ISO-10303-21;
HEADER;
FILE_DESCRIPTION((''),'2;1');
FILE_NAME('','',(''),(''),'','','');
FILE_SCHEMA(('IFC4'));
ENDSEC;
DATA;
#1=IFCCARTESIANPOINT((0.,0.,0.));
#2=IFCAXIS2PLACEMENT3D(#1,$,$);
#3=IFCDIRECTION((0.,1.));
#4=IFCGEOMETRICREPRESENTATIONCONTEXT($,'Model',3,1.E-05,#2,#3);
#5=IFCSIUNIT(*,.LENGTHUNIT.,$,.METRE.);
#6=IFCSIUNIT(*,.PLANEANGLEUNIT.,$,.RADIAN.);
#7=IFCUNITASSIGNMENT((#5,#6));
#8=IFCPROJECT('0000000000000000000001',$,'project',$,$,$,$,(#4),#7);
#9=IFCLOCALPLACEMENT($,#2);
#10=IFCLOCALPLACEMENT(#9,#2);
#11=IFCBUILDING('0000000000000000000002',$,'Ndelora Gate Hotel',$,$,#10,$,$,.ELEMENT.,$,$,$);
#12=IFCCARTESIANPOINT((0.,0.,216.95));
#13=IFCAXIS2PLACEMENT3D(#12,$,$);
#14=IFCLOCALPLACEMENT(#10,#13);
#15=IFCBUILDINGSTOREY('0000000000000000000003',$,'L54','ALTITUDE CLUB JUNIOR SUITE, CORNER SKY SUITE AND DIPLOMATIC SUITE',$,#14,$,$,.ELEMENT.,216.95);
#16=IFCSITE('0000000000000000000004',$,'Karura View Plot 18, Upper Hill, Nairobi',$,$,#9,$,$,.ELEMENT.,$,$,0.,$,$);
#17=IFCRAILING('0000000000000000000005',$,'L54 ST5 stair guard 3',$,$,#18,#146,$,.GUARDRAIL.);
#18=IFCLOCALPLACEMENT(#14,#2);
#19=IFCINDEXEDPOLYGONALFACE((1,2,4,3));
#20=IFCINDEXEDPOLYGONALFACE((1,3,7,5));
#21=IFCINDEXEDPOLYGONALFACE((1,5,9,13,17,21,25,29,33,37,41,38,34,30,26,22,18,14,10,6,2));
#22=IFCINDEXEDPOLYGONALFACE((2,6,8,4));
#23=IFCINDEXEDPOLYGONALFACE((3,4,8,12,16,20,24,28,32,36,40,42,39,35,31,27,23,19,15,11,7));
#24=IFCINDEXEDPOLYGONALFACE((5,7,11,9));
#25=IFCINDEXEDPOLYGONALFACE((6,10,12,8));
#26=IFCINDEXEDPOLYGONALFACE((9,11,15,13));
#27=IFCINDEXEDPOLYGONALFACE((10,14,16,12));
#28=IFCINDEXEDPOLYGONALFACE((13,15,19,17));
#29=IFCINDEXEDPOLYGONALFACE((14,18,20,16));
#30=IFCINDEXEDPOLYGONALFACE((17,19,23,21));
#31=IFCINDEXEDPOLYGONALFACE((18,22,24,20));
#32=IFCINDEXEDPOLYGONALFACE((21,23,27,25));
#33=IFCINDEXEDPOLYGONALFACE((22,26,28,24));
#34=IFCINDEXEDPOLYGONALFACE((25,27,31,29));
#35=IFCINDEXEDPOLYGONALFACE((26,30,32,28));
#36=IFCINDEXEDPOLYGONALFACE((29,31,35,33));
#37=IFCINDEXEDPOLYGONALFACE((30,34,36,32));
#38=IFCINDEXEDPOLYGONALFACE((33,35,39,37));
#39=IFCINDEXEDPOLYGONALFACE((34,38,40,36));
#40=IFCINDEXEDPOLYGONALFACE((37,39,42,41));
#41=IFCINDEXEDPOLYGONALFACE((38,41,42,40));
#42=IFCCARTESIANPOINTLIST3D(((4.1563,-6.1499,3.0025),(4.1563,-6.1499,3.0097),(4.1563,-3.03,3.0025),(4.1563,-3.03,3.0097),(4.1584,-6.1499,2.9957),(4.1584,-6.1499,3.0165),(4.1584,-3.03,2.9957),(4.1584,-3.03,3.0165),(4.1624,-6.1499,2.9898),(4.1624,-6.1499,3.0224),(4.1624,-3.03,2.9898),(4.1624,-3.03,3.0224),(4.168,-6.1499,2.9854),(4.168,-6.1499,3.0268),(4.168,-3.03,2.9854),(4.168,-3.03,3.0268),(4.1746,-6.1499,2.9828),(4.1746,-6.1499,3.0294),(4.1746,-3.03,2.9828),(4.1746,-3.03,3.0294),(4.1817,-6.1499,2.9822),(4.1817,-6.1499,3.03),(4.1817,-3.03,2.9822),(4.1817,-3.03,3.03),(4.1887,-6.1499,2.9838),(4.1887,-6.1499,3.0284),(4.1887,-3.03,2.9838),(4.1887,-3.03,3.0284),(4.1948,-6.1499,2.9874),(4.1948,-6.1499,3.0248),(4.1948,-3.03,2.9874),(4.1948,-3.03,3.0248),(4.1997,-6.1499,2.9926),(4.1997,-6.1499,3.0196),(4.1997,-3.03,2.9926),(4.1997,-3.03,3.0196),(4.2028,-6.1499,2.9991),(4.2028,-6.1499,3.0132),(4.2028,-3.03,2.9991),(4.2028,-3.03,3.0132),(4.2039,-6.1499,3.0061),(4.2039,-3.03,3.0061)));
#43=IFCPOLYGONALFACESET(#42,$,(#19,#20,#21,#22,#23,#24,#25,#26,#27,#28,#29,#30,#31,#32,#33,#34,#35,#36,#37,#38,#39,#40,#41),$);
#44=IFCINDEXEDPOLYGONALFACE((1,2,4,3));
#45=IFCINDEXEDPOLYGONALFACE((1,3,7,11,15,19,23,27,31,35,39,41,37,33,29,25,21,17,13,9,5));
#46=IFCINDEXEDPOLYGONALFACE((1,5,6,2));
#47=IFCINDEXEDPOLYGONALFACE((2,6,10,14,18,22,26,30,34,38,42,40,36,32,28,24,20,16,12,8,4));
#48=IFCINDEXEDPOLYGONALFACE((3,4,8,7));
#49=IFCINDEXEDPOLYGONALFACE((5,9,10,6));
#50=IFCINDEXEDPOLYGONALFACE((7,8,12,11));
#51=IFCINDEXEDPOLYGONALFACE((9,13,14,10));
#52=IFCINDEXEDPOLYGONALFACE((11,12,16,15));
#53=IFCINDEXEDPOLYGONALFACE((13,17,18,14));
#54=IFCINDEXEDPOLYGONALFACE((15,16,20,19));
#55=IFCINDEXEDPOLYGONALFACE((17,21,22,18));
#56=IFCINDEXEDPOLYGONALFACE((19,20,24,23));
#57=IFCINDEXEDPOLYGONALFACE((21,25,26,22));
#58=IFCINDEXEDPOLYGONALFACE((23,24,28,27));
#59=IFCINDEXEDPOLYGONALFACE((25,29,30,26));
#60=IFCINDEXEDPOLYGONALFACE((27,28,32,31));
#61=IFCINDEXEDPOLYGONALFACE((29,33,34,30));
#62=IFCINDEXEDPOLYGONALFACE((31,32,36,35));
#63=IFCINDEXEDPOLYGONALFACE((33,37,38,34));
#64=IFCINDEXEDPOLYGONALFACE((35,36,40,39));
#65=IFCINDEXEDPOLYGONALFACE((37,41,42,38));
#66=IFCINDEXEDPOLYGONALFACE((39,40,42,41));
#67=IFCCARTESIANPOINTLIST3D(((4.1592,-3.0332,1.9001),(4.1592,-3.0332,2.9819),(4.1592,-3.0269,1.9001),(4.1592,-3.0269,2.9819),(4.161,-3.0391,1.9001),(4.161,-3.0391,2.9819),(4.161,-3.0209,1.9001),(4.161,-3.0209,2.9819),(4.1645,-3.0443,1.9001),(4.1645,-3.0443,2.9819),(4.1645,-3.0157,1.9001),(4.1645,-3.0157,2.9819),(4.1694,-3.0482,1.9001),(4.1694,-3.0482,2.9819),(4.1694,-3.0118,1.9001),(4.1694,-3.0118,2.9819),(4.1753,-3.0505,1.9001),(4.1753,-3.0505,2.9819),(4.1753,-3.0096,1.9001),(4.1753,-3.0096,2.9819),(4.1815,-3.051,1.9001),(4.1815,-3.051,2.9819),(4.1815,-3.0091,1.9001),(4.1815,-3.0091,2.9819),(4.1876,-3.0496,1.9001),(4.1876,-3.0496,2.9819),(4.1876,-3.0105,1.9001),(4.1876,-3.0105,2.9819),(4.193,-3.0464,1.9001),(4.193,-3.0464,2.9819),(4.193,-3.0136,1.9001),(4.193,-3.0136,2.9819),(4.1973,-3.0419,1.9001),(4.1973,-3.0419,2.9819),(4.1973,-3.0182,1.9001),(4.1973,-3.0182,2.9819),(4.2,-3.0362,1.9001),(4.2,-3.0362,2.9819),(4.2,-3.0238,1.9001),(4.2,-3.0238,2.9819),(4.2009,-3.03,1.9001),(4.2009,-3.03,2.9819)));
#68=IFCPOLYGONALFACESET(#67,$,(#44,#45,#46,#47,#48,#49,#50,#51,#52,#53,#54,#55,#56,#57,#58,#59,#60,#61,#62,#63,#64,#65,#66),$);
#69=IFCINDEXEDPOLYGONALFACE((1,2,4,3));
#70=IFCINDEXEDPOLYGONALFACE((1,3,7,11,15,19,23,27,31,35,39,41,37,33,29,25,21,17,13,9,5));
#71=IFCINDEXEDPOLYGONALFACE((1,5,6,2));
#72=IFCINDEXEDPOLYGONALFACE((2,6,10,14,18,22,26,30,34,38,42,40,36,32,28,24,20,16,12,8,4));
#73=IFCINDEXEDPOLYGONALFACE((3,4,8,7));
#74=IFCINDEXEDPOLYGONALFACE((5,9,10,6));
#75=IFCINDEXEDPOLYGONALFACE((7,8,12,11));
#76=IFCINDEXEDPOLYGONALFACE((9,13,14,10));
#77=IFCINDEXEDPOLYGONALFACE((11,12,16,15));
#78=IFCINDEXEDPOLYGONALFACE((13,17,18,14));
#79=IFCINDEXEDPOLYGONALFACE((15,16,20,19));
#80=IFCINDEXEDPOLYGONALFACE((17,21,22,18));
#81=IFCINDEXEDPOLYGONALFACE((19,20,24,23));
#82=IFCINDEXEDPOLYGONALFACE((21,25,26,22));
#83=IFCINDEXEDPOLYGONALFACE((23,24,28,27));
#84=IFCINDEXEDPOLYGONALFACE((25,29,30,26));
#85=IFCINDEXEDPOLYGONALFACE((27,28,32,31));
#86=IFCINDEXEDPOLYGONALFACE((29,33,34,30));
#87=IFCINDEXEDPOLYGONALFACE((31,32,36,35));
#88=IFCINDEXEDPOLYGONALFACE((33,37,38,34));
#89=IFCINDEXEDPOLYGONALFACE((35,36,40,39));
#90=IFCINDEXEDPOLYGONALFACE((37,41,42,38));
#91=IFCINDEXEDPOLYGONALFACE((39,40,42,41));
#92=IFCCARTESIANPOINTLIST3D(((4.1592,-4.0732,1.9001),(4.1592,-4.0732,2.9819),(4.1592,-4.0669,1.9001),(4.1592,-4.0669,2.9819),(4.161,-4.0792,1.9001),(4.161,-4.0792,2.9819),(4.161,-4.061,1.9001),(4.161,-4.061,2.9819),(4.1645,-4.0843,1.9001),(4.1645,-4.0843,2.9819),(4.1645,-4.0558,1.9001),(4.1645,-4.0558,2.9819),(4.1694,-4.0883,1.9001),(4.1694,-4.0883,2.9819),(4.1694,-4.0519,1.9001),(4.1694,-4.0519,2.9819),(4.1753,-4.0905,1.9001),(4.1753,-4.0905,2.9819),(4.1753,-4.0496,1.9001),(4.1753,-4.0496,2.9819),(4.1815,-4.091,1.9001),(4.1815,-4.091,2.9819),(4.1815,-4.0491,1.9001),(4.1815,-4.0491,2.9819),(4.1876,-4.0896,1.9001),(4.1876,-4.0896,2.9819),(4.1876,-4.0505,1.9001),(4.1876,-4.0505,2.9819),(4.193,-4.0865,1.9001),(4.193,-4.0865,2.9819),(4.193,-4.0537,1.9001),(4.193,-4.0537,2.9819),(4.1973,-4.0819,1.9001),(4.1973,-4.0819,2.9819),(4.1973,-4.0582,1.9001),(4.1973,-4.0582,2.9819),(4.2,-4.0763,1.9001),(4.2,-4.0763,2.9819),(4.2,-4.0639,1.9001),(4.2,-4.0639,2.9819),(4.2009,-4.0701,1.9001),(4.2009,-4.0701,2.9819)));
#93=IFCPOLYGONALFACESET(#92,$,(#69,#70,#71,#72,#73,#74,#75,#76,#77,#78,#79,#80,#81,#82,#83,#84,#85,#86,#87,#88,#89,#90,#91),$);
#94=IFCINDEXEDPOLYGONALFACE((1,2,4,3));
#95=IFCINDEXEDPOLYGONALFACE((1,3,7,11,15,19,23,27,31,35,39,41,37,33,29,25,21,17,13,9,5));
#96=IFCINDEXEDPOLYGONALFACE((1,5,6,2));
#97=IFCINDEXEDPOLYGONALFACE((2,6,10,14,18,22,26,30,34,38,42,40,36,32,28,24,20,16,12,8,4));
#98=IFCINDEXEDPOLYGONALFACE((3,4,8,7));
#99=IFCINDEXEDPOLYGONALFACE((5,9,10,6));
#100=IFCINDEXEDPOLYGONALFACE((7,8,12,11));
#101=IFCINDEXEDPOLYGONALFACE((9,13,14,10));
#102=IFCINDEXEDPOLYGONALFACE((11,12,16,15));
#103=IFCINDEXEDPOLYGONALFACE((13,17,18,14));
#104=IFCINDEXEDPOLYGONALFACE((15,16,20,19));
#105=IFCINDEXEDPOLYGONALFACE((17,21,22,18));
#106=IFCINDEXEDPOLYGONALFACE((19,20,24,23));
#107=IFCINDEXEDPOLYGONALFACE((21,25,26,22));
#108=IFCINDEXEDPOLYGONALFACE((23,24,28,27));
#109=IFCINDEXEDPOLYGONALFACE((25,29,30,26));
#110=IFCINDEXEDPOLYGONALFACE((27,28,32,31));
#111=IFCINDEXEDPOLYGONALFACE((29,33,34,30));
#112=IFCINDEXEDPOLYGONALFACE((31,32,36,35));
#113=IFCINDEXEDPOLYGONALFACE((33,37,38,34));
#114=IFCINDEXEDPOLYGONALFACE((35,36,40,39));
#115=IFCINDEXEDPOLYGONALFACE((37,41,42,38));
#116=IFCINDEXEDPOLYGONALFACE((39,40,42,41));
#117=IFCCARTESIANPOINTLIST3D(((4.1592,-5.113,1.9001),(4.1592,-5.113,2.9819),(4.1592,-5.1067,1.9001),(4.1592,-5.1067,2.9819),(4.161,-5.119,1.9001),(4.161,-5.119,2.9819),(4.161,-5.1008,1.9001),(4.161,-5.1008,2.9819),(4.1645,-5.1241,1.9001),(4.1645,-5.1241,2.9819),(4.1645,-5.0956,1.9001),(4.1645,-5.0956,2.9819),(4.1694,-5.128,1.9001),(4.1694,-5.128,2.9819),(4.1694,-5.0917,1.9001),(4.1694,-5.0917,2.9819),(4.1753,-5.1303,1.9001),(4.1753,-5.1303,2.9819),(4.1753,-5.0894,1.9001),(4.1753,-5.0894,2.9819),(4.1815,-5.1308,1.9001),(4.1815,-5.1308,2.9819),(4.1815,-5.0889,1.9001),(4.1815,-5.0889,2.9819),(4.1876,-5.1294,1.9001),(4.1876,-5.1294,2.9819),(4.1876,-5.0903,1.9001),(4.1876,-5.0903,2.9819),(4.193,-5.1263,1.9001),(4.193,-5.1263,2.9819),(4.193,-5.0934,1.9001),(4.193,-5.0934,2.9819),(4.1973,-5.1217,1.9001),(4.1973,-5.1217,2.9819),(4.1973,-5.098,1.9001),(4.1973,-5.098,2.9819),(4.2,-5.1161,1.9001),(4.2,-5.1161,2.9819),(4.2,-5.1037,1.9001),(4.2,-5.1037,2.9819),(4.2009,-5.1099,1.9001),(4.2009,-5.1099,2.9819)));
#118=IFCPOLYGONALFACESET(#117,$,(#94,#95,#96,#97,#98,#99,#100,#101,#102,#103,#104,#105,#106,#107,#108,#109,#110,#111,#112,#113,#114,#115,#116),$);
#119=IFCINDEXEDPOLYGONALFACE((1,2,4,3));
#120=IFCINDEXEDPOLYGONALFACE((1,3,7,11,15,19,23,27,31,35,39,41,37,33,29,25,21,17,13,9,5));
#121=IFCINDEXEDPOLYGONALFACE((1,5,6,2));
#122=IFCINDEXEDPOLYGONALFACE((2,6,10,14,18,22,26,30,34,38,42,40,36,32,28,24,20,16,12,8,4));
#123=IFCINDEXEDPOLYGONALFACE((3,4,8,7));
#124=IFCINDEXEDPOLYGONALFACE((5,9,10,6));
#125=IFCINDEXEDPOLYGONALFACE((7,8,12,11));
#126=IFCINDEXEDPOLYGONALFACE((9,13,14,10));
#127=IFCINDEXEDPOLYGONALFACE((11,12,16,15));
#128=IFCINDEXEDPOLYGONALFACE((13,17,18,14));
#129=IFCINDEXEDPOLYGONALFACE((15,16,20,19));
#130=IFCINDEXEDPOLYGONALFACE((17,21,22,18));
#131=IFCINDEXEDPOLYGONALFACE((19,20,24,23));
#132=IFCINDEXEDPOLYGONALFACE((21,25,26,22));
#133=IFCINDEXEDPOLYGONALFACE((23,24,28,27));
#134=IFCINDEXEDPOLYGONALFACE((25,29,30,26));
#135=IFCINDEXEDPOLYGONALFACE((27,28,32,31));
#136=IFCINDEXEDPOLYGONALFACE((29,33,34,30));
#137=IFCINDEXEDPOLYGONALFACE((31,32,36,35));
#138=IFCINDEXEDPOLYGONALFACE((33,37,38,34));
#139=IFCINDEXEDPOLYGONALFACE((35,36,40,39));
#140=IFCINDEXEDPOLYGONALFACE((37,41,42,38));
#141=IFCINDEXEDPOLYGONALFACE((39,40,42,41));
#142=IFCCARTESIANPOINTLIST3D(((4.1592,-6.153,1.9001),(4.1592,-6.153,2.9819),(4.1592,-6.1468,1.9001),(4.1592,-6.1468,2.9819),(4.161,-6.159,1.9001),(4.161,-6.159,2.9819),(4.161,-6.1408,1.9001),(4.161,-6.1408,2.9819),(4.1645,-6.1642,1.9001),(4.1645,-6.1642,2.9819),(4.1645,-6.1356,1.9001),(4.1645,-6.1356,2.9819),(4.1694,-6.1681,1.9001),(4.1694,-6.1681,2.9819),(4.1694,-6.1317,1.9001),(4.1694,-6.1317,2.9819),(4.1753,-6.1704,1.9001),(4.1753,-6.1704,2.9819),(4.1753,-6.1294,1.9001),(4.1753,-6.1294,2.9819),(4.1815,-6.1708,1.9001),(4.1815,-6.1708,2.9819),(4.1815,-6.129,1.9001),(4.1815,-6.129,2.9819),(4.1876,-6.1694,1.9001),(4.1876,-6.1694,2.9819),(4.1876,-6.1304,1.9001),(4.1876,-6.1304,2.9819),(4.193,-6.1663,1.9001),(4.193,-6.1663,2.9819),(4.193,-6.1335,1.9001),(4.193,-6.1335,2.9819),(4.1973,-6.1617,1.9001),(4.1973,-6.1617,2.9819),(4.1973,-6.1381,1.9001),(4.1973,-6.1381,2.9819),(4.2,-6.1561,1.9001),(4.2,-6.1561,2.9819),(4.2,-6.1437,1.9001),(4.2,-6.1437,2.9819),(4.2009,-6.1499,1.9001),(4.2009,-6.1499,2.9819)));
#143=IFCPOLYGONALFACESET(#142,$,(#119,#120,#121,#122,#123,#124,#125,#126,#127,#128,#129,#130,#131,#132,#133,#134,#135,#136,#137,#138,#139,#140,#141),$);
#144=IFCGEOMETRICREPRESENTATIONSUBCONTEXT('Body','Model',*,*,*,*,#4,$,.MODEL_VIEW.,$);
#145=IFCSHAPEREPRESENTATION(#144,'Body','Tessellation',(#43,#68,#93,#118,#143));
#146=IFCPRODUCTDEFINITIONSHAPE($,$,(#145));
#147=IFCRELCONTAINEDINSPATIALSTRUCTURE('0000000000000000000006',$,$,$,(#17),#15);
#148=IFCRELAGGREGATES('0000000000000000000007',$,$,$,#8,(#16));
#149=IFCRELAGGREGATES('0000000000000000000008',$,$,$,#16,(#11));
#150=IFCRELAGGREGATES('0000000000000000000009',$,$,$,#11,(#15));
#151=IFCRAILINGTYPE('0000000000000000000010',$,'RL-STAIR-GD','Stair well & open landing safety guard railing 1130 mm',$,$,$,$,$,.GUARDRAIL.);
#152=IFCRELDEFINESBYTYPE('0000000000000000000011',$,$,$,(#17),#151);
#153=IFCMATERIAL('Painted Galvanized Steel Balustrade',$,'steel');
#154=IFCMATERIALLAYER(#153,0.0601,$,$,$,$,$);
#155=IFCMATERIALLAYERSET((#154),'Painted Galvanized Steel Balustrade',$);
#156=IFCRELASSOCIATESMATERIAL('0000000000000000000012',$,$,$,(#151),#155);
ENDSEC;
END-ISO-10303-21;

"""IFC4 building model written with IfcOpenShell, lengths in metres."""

from ifc_helpers import new_model, si_unit, direction, frame, origin, origin_2d, place, context, subcontext, project, spatial, circle, extrude, material, layer, layer_set, type_object, element, save


model = new_model("IFC4")

# Units and contexts
model_context = context("Model", 3, precision=1e-05, world=origin(), true_north=direction((0.0, 1.0)))
body_context = subcontext(model_context, "Body", "Model", "MODEL_VIEW")
ifc_project = project(units=[si_unit("LENGTHUNIT", "METRE"), si_unit("PLANEANGLEUNIT", "RADIAN")], contexts=[model_context])

# Site, building, storey
site_placement = place(None, origin())
site = spatial("IfcSite", under=ifc_project, at=site_placement, Name="Karura View Plot 18, Upper Hill, Nairobi", CompositionType="ELEMENT", RefElevation=0.0)
building_placement = place(site_placement, origin())
building = spatial("IfcBuilding", under=site, at=building_placement, Name="Ndelora Gate Hotel", CompositionType="ELEMENT")
storey_placement = place(building_placement, frame((0.0, 0.0, 216.95)))
storey = spatial("IfcBuildingStorey", under=building, at=storey_placement, Name="L54", Description="ALTITUDE CLUB JUNIOR SUITE, CORNER SKY SUITE AND DIPLOMATIC SUITE", CompositionType="ELEMENT", Elevation=216.95)

# Railing
ifc_material_1 = material(Name="Painted Galvanized Steel Balustrade", Category="steel")
ifc_layer_1 = layer(ifc_material_1, 0.0601)
ifc_layer_set_1 = layer_set([ifc_layer_1], Name="Painted Galvanized Steel Balustrade")
railing_type_1 = type_object("IfcRailingType", Name="RL-STAIR-GD", Description="Stair well & open landing safety guard railing 1130 mm", PredefinedType="GUARDRAIL", material=ifc_layer_set_1)
for number, where, name in (
    (1, (4.1799, -3.03, 1.9001), "L54 ST5 stair guard 3"),
):
    element("IfcRailing", number, at=place(storey_placement, frame(where)), inside=storey, type_object=railing_type_1, Name=name, PredefinedType="GUARDRAIL", context=body_context, shape_type="SweptSolid", body=[
        extrude(circle(Radius=0.0239, at=origin_2d()), frame((0.0, 0.0, 1.106), z_axis=(0.0, -1.0, 0.0), x_axis=(1.0, 0.0, 0.0)), (0.0, 0.0, 1.0), 3.1199),
        extrude(circle(Radius=0.021, at=origin_2d()), origin(), (0.0, 0.0, 1.0), 1.0818),
        extrude(circle(Radius=0.021, at=origin_2d()), frame((0.0, -1.04, 0.0)), (0.0, 0.0, 1.0), 1.0818),
        extrude(circle(Radius=0.021, at=origin_2d()), frame((0.0, -2.0798, 0.0)), (0.0, 0.0, 1.0), 1.0818),
        extrude(circle(Radius=0.021, at=origin_2d()), frame((0.0, -3.1199, 0.0)), (0.0, 0.0, 1.0), 1.0818),
    ])

save(model, "model.ifc")
